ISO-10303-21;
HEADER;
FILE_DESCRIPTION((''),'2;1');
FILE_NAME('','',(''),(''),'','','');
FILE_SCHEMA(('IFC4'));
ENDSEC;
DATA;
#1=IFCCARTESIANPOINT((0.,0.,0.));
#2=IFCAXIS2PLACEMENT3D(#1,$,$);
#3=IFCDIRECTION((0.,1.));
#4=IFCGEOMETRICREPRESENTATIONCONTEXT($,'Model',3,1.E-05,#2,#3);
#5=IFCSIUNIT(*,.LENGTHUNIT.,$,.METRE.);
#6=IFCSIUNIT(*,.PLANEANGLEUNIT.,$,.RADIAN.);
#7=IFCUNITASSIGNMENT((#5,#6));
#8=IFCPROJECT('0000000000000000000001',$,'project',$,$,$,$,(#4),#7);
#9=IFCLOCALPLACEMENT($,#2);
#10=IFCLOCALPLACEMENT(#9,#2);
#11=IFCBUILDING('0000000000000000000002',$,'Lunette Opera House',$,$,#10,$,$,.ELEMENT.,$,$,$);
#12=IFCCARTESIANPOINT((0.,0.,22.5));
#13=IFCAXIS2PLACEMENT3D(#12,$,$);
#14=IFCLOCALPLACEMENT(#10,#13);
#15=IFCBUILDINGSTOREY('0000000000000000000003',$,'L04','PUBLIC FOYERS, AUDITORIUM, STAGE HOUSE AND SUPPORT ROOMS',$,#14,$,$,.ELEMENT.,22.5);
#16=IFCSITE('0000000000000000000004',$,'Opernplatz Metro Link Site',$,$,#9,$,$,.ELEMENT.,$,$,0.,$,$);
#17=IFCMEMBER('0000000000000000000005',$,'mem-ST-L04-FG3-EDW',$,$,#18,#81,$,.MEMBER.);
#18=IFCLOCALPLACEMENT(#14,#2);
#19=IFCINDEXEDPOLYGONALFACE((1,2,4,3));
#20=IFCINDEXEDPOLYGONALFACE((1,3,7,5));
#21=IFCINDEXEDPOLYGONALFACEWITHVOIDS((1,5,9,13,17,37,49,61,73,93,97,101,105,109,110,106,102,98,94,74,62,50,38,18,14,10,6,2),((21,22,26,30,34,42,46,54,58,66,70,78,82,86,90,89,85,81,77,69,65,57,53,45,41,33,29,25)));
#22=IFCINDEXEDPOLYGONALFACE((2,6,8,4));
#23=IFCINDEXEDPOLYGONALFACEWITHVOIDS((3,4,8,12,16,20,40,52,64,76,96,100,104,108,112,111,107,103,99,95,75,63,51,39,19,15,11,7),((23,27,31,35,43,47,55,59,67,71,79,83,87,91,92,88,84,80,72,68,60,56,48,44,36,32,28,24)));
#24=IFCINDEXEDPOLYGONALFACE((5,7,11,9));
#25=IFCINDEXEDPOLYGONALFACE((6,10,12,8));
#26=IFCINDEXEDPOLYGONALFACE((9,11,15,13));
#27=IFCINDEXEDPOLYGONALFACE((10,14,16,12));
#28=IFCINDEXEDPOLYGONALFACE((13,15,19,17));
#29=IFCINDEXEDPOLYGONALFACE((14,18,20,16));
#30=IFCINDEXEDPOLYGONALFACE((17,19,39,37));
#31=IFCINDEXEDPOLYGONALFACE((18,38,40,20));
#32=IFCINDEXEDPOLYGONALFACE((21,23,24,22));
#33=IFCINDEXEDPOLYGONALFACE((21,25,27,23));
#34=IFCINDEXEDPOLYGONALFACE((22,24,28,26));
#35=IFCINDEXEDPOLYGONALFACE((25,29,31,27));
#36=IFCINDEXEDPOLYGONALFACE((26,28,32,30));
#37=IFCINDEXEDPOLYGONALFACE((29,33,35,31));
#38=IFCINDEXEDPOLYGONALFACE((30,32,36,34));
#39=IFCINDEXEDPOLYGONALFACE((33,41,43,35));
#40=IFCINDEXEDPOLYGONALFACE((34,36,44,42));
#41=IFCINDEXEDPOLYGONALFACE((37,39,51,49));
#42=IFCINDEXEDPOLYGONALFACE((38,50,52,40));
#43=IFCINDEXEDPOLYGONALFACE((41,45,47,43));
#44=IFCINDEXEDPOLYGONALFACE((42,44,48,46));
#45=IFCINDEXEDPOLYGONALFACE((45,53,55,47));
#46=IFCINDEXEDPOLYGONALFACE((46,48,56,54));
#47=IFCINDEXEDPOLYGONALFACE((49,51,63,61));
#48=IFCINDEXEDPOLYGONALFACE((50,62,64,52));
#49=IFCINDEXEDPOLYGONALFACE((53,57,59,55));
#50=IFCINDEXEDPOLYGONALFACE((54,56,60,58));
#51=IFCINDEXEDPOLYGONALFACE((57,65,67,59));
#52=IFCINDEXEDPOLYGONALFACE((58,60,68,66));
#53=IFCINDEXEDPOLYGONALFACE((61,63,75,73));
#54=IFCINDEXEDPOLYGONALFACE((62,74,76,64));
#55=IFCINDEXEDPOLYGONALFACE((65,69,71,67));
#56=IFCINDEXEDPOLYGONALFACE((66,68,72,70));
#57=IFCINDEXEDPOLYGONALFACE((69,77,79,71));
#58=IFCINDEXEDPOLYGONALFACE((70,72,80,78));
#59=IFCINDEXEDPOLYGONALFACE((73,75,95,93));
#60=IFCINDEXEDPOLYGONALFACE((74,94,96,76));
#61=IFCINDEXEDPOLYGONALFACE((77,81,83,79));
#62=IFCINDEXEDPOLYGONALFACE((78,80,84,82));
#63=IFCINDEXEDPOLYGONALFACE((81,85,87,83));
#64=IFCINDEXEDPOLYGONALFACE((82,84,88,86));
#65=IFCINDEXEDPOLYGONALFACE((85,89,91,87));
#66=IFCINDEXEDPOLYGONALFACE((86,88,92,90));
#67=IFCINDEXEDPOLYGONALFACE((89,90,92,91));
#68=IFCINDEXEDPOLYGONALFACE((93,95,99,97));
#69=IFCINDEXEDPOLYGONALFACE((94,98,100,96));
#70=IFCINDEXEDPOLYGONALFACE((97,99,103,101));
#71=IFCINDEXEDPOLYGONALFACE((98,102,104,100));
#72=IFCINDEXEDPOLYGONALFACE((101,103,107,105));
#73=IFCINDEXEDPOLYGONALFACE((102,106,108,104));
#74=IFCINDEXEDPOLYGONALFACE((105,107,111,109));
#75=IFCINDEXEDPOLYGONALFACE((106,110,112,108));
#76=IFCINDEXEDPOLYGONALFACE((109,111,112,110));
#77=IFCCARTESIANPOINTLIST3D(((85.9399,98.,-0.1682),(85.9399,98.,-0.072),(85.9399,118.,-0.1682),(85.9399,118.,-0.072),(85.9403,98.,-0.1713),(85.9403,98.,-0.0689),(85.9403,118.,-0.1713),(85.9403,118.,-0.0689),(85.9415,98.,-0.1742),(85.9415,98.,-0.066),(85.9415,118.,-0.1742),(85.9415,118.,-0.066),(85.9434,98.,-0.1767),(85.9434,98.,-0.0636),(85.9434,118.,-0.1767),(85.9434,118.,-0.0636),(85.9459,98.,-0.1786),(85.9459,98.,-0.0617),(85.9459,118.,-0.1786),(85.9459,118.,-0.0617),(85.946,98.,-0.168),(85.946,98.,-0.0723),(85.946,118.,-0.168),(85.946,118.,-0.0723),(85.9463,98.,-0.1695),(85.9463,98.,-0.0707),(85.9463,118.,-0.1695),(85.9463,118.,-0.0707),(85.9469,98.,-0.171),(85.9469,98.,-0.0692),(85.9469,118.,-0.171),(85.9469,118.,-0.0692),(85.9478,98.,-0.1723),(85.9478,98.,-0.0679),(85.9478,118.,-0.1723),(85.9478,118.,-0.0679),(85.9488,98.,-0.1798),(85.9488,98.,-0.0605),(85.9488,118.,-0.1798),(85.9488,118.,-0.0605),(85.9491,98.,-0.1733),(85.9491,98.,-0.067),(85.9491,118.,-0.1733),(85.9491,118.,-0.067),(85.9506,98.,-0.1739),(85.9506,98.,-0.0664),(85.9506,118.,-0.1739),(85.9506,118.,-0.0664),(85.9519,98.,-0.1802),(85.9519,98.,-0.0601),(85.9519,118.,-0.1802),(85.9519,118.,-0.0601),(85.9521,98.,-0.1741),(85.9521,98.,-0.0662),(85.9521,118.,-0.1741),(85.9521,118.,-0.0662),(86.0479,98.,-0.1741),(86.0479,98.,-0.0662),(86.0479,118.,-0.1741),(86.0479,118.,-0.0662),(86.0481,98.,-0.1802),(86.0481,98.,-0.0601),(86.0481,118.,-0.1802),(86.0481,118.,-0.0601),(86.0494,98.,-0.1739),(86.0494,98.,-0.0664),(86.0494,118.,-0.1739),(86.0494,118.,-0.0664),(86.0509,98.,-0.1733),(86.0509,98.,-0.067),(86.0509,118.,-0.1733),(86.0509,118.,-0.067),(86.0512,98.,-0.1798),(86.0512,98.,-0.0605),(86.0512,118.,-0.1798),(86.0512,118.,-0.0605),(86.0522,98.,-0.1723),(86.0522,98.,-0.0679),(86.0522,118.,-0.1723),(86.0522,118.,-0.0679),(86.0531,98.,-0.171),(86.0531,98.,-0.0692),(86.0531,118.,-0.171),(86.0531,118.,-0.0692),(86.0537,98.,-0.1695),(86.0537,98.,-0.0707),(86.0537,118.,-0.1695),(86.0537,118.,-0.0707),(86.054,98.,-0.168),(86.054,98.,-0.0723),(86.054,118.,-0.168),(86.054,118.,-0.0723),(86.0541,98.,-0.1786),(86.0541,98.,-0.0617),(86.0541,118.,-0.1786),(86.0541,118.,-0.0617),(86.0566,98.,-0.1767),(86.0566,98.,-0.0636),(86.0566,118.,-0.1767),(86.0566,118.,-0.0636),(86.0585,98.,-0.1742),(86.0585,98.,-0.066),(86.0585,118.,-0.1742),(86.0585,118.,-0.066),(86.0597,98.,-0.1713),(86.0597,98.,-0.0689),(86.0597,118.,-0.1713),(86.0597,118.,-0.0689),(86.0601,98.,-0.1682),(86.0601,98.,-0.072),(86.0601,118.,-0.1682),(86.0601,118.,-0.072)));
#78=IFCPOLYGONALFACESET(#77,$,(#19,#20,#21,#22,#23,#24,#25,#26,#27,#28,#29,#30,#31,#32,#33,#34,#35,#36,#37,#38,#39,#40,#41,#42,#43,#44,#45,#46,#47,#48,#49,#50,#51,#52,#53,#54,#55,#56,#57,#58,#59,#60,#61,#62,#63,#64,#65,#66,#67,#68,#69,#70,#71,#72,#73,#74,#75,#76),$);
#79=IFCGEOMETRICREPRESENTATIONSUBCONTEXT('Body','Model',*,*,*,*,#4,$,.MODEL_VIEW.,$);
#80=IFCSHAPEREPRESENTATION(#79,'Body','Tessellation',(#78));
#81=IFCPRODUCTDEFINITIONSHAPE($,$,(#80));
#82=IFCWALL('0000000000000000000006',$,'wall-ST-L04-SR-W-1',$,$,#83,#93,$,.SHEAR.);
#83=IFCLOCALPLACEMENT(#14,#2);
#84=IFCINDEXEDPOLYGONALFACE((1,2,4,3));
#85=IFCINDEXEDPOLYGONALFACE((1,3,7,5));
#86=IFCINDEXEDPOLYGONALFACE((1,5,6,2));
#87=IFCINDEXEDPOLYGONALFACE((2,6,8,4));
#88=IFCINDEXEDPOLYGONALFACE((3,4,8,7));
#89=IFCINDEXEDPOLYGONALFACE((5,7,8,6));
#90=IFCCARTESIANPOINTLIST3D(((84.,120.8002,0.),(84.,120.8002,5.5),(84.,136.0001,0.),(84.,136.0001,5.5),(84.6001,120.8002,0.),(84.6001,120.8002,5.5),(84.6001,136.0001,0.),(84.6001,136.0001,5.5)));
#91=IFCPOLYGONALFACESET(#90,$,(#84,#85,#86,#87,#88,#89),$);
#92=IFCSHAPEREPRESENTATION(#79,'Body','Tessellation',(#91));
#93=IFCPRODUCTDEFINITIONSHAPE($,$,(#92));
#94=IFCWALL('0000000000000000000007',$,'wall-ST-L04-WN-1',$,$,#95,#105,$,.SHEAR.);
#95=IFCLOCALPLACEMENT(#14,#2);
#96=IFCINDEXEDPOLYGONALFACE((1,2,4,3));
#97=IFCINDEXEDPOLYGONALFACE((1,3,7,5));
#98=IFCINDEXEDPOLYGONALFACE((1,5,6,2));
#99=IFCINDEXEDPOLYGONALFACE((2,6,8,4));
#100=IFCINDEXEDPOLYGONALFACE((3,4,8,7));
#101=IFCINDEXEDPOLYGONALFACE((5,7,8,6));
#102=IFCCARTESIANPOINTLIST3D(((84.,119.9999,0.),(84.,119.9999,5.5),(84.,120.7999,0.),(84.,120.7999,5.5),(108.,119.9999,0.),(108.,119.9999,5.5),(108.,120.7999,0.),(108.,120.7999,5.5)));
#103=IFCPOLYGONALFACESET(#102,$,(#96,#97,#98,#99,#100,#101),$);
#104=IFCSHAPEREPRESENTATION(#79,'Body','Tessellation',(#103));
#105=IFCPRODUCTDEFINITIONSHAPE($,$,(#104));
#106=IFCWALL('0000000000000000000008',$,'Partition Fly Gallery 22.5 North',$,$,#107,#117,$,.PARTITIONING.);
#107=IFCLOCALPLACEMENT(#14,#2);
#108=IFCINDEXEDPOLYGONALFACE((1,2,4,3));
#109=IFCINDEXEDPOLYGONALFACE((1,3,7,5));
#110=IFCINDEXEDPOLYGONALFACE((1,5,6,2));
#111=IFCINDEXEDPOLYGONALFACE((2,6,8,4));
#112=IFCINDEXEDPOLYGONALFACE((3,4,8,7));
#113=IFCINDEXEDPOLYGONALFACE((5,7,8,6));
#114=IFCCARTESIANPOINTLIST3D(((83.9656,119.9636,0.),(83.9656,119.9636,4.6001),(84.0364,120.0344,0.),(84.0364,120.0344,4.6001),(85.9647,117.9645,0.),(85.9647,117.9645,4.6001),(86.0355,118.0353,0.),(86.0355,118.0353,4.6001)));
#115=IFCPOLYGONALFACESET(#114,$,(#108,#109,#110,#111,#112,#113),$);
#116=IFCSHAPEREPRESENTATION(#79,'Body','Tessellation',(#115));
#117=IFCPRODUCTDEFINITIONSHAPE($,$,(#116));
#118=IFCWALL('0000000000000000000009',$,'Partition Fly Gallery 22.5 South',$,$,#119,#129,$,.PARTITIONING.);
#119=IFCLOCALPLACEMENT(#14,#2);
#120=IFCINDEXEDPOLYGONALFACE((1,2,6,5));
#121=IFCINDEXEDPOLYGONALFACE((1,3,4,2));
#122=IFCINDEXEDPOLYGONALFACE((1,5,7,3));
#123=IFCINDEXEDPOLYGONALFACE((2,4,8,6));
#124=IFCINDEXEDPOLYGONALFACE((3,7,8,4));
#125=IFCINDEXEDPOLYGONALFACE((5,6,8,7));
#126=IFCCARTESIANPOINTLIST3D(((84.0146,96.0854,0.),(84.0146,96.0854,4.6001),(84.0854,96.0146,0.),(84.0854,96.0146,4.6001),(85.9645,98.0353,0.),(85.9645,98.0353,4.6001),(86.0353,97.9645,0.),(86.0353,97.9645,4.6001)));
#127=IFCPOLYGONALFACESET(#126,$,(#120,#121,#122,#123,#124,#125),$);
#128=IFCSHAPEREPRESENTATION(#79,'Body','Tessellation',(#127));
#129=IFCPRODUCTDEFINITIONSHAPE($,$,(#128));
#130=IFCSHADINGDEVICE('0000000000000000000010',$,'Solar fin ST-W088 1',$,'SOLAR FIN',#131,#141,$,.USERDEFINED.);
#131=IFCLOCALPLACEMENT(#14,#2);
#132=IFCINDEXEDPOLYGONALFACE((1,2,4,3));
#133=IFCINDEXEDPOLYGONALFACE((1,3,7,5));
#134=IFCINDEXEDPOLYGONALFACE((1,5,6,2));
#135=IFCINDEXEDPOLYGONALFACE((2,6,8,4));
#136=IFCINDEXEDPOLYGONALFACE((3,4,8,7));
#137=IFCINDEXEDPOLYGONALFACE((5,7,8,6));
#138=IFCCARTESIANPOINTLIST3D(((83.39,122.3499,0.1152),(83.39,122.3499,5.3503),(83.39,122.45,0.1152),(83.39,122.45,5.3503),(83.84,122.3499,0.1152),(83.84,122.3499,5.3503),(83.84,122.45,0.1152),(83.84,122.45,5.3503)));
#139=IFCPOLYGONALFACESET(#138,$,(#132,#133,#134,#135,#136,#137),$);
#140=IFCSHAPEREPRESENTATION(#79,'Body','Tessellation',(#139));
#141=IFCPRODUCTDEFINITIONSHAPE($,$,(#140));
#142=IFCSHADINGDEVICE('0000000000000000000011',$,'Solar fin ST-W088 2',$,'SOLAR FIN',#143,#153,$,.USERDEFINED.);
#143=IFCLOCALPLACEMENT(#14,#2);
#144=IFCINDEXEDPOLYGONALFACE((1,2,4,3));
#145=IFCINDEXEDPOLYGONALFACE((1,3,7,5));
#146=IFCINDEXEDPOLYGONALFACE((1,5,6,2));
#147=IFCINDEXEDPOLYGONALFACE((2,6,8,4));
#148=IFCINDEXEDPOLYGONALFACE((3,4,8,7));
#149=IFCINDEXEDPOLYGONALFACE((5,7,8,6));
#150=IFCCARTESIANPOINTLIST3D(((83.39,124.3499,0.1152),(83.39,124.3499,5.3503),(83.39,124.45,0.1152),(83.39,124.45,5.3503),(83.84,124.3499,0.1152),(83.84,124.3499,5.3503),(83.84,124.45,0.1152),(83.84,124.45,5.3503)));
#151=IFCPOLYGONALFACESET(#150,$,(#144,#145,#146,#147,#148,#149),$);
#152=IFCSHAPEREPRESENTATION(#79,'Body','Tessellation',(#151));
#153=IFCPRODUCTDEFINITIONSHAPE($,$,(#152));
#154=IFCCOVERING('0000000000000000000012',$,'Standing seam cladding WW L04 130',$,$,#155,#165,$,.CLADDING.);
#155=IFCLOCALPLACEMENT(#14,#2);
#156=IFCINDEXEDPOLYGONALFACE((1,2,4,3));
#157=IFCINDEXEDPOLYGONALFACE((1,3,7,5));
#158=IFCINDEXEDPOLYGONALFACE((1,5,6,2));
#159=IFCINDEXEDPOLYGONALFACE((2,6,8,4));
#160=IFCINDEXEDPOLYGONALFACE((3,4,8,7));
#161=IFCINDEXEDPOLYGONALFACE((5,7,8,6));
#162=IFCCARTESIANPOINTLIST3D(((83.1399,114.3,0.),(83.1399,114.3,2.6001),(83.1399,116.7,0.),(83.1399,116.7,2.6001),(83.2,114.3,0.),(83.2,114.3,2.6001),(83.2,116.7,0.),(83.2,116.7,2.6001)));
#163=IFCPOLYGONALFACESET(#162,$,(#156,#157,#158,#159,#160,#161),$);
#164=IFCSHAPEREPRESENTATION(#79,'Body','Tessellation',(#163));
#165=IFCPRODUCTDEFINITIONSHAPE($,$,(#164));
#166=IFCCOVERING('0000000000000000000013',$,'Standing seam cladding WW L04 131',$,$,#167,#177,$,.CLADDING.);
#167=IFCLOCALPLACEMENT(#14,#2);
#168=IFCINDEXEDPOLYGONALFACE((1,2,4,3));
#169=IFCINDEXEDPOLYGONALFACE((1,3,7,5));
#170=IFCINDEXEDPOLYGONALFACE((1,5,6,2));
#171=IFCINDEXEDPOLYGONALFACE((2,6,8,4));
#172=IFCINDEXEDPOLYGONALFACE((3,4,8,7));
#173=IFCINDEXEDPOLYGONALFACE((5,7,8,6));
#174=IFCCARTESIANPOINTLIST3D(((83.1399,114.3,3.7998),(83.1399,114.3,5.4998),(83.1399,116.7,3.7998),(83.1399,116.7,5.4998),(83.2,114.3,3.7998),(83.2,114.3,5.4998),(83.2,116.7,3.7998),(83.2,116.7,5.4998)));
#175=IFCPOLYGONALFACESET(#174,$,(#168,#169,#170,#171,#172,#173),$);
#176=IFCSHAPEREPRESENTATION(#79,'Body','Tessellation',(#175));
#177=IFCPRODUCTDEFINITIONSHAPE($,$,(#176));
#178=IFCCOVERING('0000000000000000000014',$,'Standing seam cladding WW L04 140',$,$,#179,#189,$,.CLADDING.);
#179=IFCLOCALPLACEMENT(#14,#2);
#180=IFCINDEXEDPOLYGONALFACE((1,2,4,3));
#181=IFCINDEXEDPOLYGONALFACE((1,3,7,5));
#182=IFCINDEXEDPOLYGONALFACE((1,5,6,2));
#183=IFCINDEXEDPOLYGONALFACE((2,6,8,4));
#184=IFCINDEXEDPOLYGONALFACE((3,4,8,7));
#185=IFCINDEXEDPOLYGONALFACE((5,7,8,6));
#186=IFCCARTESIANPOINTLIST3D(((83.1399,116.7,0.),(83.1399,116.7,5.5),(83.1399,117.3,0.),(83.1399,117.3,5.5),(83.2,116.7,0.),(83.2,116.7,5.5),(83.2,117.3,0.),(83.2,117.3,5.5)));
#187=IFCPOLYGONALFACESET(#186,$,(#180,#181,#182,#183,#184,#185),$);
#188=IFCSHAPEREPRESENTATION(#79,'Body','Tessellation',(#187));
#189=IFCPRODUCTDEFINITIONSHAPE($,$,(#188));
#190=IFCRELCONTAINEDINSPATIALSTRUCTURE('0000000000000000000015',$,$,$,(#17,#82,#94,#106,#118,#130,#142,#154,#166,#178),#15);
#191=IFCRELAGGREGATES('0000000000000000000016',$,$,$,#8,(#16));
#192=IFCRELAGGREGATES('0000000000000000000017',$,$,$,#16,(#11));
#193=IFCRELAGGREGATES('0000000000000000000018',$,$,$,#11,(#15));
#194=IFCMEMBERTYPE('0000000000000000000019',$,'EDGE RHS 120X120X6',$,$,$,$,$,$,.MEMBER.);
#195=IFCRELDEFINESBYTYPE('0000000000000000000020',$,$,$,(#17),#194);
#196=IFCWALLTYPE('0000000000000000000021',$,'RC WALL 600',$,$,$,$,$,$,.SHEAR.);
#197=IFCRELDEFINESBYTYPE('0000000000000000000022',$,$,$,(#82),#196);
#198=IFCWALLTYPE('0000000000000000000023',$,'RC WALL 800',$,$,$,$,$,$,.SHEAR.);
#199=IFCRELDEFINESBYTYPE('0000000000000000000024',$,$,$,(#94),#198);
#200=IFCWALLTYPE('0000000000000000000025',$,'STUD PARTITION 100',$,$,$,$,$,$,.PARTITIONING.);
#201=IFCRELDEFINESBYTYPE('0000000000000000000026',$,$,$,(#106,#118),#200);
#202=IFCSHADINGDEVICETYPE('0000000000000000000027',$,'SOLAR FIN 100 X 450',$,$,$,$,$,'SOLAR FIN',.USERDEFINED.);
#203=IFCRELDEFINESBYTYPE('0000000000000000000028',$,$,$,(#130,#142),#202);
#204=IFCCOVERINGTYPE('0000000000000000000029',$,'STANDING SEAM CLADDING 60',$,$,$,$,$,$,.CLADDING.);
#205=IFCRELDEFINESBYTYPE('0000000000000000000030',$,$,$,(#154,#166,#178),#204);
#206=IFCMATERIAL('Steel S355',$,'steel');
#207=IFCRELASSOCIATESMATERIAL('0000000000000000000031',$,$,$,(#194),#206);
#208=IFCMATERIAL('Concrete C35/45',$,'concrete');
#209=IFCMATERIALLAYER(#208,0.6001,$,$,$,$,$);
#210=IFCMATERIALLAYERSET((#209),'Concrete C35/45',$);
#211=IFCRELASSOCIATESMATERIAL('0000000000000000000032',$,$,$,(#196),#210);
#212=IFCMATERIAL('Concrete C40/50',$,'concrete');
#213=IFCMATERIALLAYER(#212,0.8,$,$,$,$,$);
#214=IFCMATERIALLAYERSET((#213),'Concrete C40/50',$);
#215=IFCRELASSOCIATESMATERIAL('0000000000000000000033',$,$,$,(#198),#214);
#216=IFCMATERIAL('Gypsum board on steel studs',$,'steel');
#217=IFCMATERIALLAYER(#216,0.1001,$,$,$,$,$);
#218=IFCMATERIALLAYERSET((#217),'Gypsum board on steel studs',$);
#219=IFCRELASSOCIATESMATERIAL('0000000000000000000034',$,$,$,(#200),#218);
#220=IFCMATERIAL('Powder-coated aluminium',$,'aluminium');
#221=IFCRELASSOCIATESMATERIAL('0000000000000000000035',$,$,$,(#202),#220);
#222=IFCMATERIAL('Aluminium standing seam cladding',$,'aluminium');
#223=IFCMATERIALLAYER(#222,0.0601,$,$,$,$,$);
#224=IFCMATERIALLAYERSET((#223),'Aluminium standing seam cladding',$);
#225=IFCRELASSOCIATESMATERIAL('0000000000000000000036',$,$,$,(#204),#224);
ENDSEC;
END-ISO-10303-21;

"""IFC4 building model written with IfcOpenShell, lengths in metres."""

from ifc_helpers import new_model, si_unit, direction, frame, frame_2d, origin, origin_2d, place, context, subcontext, project, spatial, rectangle, hollow_rectangle, extrude, material, layer, layer_set, material_profile, profile_set, type_object, element, save


model = new_model("IFC4")

# Units and contexts
model_context = context("Model", 3, precision=1e-05, world=origin(), true_north=direction((0.0, 1.0)))
body_context = subcontext(model_context, "Body", "Model", "MODEL_VIEW")
ifc_project = project(units=[si_unit("LENGTHUNIT", "METRE"), si_unit("PLANEANGLEUNIT", "RADIAN")], contexts=[model_context])

# Site, building, storey
site_placement = place(None, origin())
site = spatial("IfcSite", under=ifc_project, at=site_placement, Name="Opernplatz Metro Link Site", CompositionType="ELEMENT", RefElevation=0.0)
building_placement = place(site_placement, origin())
building = spatial("IfcBuilding", under=site, at=building_placement, Name="Lunette Opera House", CompositionType="ELEMENT")
storey_placement = place(building_placement, frame((0.0, 0.0, 22.5)))
storey = spatial("IfcBuildingStorey", under=building, at=storey_placement, Name="L04", Description="PUBLIC FOYERS, AUDITORIUM, STAGE HOUSE AND SUPPORT ROOMS", CompositionType="ELEMENT", Elevation=22.5)

# Member
ifc_material_1 = material(Name="Steel S355", Category="steel")
ifc_material_profile_1 = material_profile(ifc_material_1, hollow_rectangle(XDim=0.1201, YDim=0.1201, WallThickness=0.0061, InnerFilletRadius=0.0061, OuterFilletRadius=0.012, at=origin_2d()), Name="RHS 120X120X6")
ifc_profile_set_1 = profile_set([ifc_material_profile_1], Name="Steel S355")
member_type_1 = type_object("IfcMemberType", Name="EDGE RHS 120X120X6", PredefinedType="MEMBER", material=ifc_profile_set_1)
for number, where, z_axis, x_axis, name in (
    (1, (86.0, 98.0, -0.1201), (0.0, 1.0, 0.0), (-1.0, 0.0, 0.0), "mem-ST-L04-FG3-EDW"),
):
    element("IfcMember", number, at=place(storey_placement, frame(where, z_axis=z_axis, x_axis=x_axis)), inside=storey, type_object=member_type_1, Name=name, PredefinedType="MEMBER", context=body_context, shape_type="SweptSolid", body=[
        extrude(hollow_rectangle(XDim=0.1201, YDim=0.1201, WallThickness=0.0061, InnerFilletRadius=0.0061, OuterFilletRadius=0.012, at=origin_2d()), origin(), (0.0, 0.0, 1.0), 20.0),
    ])

# Walls
ifc_material_2 = material(Name="Concrete C35/45", Category="concrete")
ifc_layer_1 = layer(ifc_material_2, 0.6001)
ifc_layer_set_1 = layer_set([ifc_layer_1], Name="Concrete C35/45")
wall_type_1 = type_object("IfcWallType", Name="RC WALL 600", PredefinedType="SHEAR", material=ifc_layer_set_1)
wall_1_placement = place(storey_placement, frame((84.3, 120.8, 0.0), z_axis=(0.0, 0.0, 1.0), x_axis=(0.0, 1.0, 0.0)))
element("IfcWall", 2, at=wall_1_placement, inside=storey, type_object=wall_type_1, Name="wall-ST-L04-SR-W-1", PredefinedType="SHEAR", context=body_context, shape_type="SweptSolid", body=[
    extrude(rectangle(XDim=15.2, YDim=0.6001, at=frame_2d((7.6001, 0.0))), origin(), (0.0, 0.0, 1.0), 5.5),
])
ifc_material_3 = material(Name="Concrete C40/50", Category="concrete")
ifc_layer_2 = layer(ifc_material_3, 0.8)
ifc_layer_set_2 = layer_set([ifc_layer_2], Name="Concrete C40/50")
wall_type_2 = type_object("IfcWallType", Name="RC WALL 800", PredefinedType="SHEAR", material=ifc_layer_set_2)
wall_2_placement = place(storey_placement, frame((84.0, 120.3999, 0.0), z_axis=(0.0, 0.0, 1.0), x_axis=(1.0, 0.0, 0.0)))
element("IfcWall", 3, at=wall_2_placement, inside=storey, type_object=wall_type_2, Name="wall-ST-L04-WN-1", PredefinedType="SHEAR", context=body_context, shape_type="SweptSolid", body=[
    extrude(rectangle(XDim=24.0, YDim=0.8, at=frame_2d((12.0, 0.0))), origin(), (0.0, 0.0, 1.0), 5.5),
])
ifc_material_4 = material(Name="Gypsum board on steel studs", Category="steel")
ifc_layer_3 = layer(ifc_material_4, 0.1001)
ifc_layer_set_3 = layer_set([ifc_layer_3], Name="Gypsum board on steel studs")
wall_type_3 = type_object("IfcWallType", Name="STUD PARTITION 100", PredefinedType="PARTITIONING", material=ifc_layer_set_3)
wall_3_placement = place(storey_placement, frame((84.001, 119.999, 0.0), z_axis=(0.0, 0.0, 1.0), x_axis=(0.707107, -0.707107, 0.0)))
element("IfcWall", 4, at=wall_3_placement, inside=storey, type_object=wall_type_3, Name="Partition Fly Gallery 22.5 North", PredefinedType="PARTITIONING", context=body_context, shape_type="SweptSolid", body=[
    extrude(rectangle(XDim=2.8271, YDim=0.1001, at=frame_2d((1.4136, 0.0))), origin(), (0.0, 0.0, 1.0), 4.6001),
])
wall_4_placement = place(storey_placement, frame((86.0, 98.0, 0.0), z_axis=(0.0, 0.0, 1.0), x_axis=(-0.707107, -0.707107, 0.0)))
element("IfcWall", 5, at=wall_4_placement, inside=storey, type_object=wall_type_3, Name="Partition Fly Gallery 22.5 South", PredefinedType="PARTITIONING", context=body_context, shape_type="SweptSolid", body=[
    extrude(rectangle(XDim=2.7576, YDim=0.1001, at=frame_2d((1.3789, 0.0))), origin(), (0.0, 0.0, 1.0), 4.6001),
])

# Shading devices
ifc_material_5 = material(Name="Powder-coated aluminium", Category="aluminium")
shading_device_type = type_object("IfcShadingDeviceType", Name="SOLAR FIN 100 X 450", ElementType="SOLAR FIN", PredefinedType="USERDEFINED", material=ifc_material_5)
for number, where, z_axis, x_axis, name in (
    (6, (83.615, 122.3999, 0.1152), (0.0, 0.0, 1.0), (-1.0, 0.0, 0.0), "Solar fin ST-W088 1"),
    (7, (83.615, 124.3999, 0.1152), (0.0, 0.0, 1.0), (-1.0, 0.0, 0.0), "Solar fin ST-W088 2"),
):
    element("IfcShadingDevice", number, at=place(storey_placement, frame(where, z_axis=z_axis, x_axis=x_axis)), inside=storey, type_object=shading_device_type, Name=name, ObjectType="SOLAR FIN", PredefinedType="USERDEFINED", context=body_context, shape_type="SweptSolid", body=[
        extrude(rectangle(XDim=0.45, YDim=0.1001, at=origin_2d()), origin(), (0.0, 0.0, 1.0), 5.2351),
    ])

# Coverings
ifc_material_6 = material(Name="Aluminium standing seam cladding", Category="aluminium")
ifc_layer_4 = layer(ifc_material_6, 0.0601)
ifc_layer_set_4 = layer_set([ifc_layer_4], Name="Aluminium standing seam cladding")
covering_type = type_object("IfcCoveringType", Name="STANDING SEAM CLADDING 60", PredefinedType="CLADDING", material=ifc_layer_set_4)
covering_1_placement = place(storey_placement, frame((83.1699, 115.5, 0.0), z_axis=(0.0, 0.0, 1.0), x_axis=(0.0, 1.0, 0.0)))
element("IfcCovering", 8, at=covering_1_placement, inside=storey, type_object=covering_type, Name="Standing seam cladding WW L04 130", PredefinedType="CLADDING", context=body_context, shape_type="SweptSolid", body=[
    extrude(rectangle(XDim=2.3999, YDim=0.0601, at=origin_2d()), origin(), (0.0, 0.0, 1.0), 2.6001),
])
covering_2_placement = place(storey_placement, frame((83.1699, 115.5, 3.7998), z_axis=(0.0, 0.0, 1.0), x_axis=(0.0, 1.0, 0.0)))
element("IfcCovering", 9, at=covering_2_placement, inside=storey, type_object=covering_type, Name="Standing seam cladding WW L04 131", PredefinedType="CLADDING", context=body_context, shape_type="SweptSolid", body=[
    extrude(rectangle(XDim=2.3999, YDim=0.0601, at=origin_2d()), origin(), (0.0, 0.0, 1.0), 1.7),
])
covering_3_placement = place(storey_placement, frame((83.1699, 117.0, 0.0), z_axis=(0.0, 0.0, 1.0), x_axis=(0.0, 1.0, 0.0)))
element("IfcCovering", 10, at=covering_3_placement, inside=storey, type_object=covering_type, Name="Standing seam cladding WW L04 140", PredefinedType="CLADDING", context=body_context, shape_type="SweptSolid", body=[
    extrude(rectangle(XDim=0.6001, YDim=0.0601, at=origin_2d()), origin(), (0.0, 0.0, 1.0), 5.5),
])

save(model, "model.ifc")
